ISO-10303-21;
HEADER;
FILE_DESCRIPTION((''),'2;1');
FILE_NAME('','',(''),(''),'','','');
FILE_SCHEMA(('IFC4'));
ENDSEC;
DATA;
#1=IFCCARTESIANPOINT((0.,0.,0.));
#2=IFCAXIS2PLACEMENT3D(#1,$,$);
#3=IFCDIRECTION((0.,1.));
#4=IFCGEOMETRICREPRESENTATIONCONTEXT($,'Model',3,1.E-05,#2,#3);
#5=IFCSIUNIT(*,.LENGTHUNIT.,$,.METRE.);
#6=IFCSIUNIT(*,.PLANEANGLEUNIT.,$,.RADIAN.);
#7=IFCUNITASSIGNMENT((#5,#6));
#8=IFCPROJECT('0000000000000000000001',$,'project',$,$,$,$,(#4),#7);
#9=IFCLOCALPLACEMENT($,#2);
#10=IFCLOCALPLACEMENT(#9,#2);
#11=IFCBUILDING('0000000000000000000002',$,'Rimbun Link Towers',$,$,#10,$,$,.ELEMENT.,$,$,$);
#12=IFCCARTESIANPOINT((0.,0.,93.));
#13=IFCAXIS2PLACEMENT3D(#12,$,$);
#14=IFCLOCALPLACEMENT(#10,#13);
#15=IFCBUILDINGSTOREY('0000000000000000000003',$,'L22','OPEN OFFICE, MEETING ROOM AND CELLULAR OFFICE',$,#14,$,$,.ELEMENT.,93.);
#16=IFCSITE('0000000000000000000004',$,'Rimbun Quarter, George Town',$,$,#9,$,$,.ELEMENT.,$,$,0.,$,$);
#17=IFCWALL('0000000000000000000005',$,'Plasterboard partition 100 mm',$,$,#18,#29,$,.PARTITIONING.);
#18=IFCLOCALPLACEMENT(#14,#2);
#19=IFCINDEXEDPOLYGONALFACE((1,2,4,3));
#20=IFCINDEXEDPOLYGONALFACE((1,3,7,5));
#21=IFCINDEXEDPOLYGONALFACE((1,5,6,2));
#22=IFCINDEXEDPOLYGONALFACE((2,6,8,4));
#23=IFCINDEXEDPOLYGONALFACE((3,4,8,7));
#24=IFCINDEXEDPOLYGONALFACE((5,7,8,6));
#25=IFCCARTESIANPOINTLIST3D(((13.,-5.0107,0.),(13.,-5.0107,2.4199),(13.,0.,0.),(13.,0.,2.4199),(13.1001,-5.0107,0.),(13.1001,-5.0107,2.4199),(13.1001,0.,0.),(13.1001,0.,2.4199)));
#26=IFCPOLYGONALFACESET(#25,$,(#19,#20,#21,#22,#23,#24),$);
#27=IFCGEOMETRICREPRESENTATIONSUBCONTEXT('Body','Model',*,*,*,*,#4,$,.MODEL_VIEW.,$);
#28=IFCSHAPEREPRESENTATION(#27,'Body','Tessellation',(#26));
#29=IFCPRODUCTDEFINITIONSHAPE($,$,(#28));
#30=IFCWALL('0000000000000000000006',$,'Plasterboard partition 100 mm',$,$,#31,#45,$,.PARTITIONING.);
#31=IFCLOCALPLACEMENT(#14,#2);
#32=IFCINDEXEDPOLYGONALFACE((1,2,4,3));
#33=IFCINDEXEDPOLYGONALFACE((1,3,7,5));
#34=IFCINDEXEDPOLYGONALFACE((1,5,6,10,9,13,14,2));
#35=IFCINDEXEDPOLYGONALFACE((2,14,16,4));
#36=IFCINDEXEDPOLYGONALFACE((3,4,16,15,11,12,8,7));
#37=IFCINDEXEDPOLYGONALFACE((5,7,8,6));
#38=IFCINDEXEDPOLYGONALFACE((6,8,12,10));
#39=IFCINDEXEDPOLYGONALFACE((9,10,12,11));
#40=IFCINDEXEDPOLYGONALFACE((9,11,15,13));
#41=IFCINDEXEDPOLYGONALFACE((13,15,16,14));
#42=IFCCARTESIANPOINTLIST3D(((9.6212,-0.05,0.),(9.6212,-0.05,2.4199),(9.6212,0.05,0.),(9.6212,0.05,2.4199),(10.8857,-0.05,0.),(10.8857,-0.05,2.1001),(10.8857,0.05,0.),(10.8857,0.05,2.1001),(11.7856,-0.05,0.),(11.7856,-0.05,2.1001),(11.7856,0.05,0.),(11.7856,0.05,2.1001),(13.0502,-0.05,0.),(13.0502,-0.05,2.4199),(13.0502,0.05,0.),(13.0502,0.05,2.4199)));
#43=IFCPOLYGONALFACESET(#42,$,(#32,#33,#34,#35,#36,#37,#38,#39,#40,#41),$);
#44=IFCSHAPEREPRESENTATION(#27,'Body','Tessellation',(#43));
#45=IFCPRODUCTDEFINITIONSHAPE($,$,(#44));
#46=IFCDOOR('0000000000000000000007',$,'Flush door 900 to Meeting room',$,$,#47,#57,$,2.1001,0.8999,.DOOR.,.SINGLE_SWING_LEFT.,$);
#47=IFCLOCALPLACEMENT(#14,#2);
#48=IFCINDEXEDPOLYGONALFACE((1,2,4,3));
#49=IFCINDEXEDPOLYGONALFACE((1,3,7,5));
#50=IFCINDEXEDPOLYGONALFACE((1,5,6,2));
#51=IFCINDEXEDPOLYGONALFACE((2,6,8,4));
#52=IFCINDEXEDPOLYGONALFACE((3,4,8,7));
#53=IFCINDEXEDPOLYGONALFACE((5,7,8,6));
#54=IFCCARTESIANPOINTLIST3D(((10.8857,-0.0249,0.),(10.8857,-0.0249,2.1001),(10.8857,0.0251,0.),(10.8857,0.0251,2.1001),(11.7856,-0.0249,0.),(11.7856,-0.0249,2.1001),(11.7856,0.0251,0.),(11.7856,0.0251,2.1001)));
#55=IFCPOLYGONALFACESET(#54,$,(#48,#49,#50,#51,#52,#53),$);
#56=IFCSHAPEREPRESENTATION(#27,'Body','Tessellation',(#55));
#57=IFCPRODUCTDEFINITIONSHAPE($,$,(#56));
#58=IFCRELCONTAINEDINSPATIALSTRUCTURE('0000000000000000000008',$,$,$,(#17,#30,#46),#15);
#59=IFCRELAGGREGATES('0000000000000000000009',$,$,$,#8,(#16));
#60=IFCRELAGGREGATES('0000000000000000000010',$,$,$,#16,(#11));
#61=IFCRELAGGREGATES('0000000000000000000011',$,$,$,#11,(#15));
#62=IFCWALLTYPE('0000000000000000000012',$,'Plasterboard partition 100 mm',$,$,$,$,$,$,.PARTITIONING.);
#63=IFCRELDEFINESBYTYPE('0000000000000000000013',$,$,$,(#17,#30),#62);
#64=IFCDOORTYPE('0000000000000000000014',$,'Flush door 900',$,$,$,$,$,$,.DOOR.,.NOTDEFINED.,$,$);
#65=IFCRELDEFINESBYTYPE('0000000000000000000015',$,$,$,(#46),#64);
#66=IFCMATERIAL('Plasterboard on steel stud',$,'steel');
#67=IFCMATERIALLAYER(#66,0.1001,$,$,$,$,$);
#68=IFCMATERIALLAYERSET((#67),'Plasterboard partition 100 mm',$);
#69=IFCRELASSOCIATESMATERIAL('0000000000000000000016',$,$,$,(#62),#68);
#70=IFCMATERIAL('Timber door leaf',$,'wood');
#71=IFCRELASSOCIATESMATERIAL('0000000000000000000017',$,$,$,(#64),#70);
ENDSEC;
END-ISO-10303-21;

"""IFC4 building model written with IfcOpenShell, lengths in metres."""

from ifc_helpers import new_model, si_unit, direction, frame, frame_2d, origin, place, context, subcontext, project, spatial, rectangle, extrude, material, layer, layer_set, type_object, element, fill, save


model = new_model("IFC4")

# Units and contexts
model_context = context("Model", 3, precision=1e-05, world=origin(), true_north=direction((0.0, 1.0)))
body_context = subcontext(model_context, "Body", "Model", "MODEL_VIEW")
ifc_project = project(units=[si_unit("LENGTHUNIT", "METRE"), si_unit("PLANEANGLEUNIT", "RADIAN")], contexts=[model_context])

# Site, building, storey
site_placement = place(None, origin())
site = spatial("IfcSite", under=ifc_project, at=site_placement, Name="Rimbun Quarter, George Town", CompositionType="ELEMENT", RefElevation=0.0)
building_placement = place(site_placement, origin())
building = spatial("IfcBuilding", under=site, at=building_placement, Name="Rimbun Link Towers", CompositionType="ELEMENT")
storey_placement = place(building_placement, frame((0.0, 0.0, 93.0)))
storey = spatial("IfcBuildingStorey", under=building, at=storey_placement, Name="L22", Description="OPEN OFFICE, MEETING ROOM AND CELLULAR OFFICE", CompositionType="ELEMENT", Elevation=93.0)

# Shared definitions
ifc_material_1 = material(Name="Plasterboard on steel stud", Category="steel")
ifc_layer_1 = layer(ifc_material_1, 0.1001)
ifc_layer_set_1 = layer_set([ifc_layer_1], Name="Plasterboard partition 100 mm")
wall_type_1 = type_object("IfcWallType", Name="Plasterboard partition 100 mm", PredefinedType="PARTITIONING", material=ifc_layer_set_1)
ifc_material_2 = material(Name="Timber door leaf", Category="wood")
door_type_1 = type_object("IfcDoorType", Name="Flush door 900", OperationType="NOTDEFINED", PredefinedType="DOOR", material=ifc_material_2)

# Wall
wall_1_placement = place(storey_placement, frame((13.05, 0.0, 0.0), z_axis=(0.0, 0.0, 1.0), x_axis=(0.0, -1.0, 0.0)))
element("IfcWall", 1, at=wall_1_placement, inside=storey, type_object=wall_type_1, Name="Plasterboard partition 100 mm", PredefinedType="PARTITIONING", context=body_context, shape_type="SweptSolid", body=[
    extrude(rectangle(XDim=5.0107, YDim=0.1001, at=frame_2d((2.5054, 0.0))), origin(), (0.0, 0.0, 1.0), 2.4199),
])

# Wall, opening, door
wall_2_placement = place(storey_placement, frame((13.05, 0.0, 0.0), z_axis=(0.0, 0.0, 1.0), x_axis=(-1.0, 0.0, 0.0)))
wall_2 = element("IfcWall", 2, at=wall_2_placement, inside=storey, type_object=wall_type_1, Name="Plasterboard partition 100 mm", PredefinedType="PARTITIONING", context=body_context, shape_type="SweptSolid", body=[
    extrude(rectangle(XDim=3.429, YDim=0.1001, at=frame_2d((1.7144, 0.0))), origin(), (0.0, 0.0, 1.0), 2.4199),
])
opening_1_placement = place(wall_2_placement, frame((1.2644, 0.0, 0.0)))
opening_1 = element("IfcOpeningElement", 3, at=opening_1_placement, cuts=wall_2, PredefinedType="OPENING", context=body_context, shape_type="SweptSolid", body=[
    extrude(rectangle(XDim=0.8999, YDim=2.1001, at=frame_2d((0.45, 1.05))), frame((0.0, 0.0601, 0.0), z_axis=(0.0, -1.0, 0.0), x_axis=(1.0, 0.0, 0.0)), (0.0, 0.0, 1.0), 0.1201),
])
door_1_placement = place(opening_1_placement, origin())
door_1 = element("IfcDoor", 4, at=door_1_placement, inside=storey, type_object=door_type_1, Name="Flush door 900 to Meeting room", OperationType="SINGLE_SWING_LEFT", OverallHeight=2.1001, OverallWidth=0.8999, PredefinedType="DOOR", context=body_context, shape_type="SweptSolid", body=[
    extrude(rectangle(XDim=0.8999, YDim=2.1001, at=frame_2d((0.45, 1.05))), frame((0.0, 0.0249, 0.0), z_axis=(0.0, -1.0, 0.0), x_axis=(1.0, 0.0, 0.0)), (0.0, 0.0, 1.0), 0.05),
])
fill(opening_1, door_1)

save(model, "model.ifc")
